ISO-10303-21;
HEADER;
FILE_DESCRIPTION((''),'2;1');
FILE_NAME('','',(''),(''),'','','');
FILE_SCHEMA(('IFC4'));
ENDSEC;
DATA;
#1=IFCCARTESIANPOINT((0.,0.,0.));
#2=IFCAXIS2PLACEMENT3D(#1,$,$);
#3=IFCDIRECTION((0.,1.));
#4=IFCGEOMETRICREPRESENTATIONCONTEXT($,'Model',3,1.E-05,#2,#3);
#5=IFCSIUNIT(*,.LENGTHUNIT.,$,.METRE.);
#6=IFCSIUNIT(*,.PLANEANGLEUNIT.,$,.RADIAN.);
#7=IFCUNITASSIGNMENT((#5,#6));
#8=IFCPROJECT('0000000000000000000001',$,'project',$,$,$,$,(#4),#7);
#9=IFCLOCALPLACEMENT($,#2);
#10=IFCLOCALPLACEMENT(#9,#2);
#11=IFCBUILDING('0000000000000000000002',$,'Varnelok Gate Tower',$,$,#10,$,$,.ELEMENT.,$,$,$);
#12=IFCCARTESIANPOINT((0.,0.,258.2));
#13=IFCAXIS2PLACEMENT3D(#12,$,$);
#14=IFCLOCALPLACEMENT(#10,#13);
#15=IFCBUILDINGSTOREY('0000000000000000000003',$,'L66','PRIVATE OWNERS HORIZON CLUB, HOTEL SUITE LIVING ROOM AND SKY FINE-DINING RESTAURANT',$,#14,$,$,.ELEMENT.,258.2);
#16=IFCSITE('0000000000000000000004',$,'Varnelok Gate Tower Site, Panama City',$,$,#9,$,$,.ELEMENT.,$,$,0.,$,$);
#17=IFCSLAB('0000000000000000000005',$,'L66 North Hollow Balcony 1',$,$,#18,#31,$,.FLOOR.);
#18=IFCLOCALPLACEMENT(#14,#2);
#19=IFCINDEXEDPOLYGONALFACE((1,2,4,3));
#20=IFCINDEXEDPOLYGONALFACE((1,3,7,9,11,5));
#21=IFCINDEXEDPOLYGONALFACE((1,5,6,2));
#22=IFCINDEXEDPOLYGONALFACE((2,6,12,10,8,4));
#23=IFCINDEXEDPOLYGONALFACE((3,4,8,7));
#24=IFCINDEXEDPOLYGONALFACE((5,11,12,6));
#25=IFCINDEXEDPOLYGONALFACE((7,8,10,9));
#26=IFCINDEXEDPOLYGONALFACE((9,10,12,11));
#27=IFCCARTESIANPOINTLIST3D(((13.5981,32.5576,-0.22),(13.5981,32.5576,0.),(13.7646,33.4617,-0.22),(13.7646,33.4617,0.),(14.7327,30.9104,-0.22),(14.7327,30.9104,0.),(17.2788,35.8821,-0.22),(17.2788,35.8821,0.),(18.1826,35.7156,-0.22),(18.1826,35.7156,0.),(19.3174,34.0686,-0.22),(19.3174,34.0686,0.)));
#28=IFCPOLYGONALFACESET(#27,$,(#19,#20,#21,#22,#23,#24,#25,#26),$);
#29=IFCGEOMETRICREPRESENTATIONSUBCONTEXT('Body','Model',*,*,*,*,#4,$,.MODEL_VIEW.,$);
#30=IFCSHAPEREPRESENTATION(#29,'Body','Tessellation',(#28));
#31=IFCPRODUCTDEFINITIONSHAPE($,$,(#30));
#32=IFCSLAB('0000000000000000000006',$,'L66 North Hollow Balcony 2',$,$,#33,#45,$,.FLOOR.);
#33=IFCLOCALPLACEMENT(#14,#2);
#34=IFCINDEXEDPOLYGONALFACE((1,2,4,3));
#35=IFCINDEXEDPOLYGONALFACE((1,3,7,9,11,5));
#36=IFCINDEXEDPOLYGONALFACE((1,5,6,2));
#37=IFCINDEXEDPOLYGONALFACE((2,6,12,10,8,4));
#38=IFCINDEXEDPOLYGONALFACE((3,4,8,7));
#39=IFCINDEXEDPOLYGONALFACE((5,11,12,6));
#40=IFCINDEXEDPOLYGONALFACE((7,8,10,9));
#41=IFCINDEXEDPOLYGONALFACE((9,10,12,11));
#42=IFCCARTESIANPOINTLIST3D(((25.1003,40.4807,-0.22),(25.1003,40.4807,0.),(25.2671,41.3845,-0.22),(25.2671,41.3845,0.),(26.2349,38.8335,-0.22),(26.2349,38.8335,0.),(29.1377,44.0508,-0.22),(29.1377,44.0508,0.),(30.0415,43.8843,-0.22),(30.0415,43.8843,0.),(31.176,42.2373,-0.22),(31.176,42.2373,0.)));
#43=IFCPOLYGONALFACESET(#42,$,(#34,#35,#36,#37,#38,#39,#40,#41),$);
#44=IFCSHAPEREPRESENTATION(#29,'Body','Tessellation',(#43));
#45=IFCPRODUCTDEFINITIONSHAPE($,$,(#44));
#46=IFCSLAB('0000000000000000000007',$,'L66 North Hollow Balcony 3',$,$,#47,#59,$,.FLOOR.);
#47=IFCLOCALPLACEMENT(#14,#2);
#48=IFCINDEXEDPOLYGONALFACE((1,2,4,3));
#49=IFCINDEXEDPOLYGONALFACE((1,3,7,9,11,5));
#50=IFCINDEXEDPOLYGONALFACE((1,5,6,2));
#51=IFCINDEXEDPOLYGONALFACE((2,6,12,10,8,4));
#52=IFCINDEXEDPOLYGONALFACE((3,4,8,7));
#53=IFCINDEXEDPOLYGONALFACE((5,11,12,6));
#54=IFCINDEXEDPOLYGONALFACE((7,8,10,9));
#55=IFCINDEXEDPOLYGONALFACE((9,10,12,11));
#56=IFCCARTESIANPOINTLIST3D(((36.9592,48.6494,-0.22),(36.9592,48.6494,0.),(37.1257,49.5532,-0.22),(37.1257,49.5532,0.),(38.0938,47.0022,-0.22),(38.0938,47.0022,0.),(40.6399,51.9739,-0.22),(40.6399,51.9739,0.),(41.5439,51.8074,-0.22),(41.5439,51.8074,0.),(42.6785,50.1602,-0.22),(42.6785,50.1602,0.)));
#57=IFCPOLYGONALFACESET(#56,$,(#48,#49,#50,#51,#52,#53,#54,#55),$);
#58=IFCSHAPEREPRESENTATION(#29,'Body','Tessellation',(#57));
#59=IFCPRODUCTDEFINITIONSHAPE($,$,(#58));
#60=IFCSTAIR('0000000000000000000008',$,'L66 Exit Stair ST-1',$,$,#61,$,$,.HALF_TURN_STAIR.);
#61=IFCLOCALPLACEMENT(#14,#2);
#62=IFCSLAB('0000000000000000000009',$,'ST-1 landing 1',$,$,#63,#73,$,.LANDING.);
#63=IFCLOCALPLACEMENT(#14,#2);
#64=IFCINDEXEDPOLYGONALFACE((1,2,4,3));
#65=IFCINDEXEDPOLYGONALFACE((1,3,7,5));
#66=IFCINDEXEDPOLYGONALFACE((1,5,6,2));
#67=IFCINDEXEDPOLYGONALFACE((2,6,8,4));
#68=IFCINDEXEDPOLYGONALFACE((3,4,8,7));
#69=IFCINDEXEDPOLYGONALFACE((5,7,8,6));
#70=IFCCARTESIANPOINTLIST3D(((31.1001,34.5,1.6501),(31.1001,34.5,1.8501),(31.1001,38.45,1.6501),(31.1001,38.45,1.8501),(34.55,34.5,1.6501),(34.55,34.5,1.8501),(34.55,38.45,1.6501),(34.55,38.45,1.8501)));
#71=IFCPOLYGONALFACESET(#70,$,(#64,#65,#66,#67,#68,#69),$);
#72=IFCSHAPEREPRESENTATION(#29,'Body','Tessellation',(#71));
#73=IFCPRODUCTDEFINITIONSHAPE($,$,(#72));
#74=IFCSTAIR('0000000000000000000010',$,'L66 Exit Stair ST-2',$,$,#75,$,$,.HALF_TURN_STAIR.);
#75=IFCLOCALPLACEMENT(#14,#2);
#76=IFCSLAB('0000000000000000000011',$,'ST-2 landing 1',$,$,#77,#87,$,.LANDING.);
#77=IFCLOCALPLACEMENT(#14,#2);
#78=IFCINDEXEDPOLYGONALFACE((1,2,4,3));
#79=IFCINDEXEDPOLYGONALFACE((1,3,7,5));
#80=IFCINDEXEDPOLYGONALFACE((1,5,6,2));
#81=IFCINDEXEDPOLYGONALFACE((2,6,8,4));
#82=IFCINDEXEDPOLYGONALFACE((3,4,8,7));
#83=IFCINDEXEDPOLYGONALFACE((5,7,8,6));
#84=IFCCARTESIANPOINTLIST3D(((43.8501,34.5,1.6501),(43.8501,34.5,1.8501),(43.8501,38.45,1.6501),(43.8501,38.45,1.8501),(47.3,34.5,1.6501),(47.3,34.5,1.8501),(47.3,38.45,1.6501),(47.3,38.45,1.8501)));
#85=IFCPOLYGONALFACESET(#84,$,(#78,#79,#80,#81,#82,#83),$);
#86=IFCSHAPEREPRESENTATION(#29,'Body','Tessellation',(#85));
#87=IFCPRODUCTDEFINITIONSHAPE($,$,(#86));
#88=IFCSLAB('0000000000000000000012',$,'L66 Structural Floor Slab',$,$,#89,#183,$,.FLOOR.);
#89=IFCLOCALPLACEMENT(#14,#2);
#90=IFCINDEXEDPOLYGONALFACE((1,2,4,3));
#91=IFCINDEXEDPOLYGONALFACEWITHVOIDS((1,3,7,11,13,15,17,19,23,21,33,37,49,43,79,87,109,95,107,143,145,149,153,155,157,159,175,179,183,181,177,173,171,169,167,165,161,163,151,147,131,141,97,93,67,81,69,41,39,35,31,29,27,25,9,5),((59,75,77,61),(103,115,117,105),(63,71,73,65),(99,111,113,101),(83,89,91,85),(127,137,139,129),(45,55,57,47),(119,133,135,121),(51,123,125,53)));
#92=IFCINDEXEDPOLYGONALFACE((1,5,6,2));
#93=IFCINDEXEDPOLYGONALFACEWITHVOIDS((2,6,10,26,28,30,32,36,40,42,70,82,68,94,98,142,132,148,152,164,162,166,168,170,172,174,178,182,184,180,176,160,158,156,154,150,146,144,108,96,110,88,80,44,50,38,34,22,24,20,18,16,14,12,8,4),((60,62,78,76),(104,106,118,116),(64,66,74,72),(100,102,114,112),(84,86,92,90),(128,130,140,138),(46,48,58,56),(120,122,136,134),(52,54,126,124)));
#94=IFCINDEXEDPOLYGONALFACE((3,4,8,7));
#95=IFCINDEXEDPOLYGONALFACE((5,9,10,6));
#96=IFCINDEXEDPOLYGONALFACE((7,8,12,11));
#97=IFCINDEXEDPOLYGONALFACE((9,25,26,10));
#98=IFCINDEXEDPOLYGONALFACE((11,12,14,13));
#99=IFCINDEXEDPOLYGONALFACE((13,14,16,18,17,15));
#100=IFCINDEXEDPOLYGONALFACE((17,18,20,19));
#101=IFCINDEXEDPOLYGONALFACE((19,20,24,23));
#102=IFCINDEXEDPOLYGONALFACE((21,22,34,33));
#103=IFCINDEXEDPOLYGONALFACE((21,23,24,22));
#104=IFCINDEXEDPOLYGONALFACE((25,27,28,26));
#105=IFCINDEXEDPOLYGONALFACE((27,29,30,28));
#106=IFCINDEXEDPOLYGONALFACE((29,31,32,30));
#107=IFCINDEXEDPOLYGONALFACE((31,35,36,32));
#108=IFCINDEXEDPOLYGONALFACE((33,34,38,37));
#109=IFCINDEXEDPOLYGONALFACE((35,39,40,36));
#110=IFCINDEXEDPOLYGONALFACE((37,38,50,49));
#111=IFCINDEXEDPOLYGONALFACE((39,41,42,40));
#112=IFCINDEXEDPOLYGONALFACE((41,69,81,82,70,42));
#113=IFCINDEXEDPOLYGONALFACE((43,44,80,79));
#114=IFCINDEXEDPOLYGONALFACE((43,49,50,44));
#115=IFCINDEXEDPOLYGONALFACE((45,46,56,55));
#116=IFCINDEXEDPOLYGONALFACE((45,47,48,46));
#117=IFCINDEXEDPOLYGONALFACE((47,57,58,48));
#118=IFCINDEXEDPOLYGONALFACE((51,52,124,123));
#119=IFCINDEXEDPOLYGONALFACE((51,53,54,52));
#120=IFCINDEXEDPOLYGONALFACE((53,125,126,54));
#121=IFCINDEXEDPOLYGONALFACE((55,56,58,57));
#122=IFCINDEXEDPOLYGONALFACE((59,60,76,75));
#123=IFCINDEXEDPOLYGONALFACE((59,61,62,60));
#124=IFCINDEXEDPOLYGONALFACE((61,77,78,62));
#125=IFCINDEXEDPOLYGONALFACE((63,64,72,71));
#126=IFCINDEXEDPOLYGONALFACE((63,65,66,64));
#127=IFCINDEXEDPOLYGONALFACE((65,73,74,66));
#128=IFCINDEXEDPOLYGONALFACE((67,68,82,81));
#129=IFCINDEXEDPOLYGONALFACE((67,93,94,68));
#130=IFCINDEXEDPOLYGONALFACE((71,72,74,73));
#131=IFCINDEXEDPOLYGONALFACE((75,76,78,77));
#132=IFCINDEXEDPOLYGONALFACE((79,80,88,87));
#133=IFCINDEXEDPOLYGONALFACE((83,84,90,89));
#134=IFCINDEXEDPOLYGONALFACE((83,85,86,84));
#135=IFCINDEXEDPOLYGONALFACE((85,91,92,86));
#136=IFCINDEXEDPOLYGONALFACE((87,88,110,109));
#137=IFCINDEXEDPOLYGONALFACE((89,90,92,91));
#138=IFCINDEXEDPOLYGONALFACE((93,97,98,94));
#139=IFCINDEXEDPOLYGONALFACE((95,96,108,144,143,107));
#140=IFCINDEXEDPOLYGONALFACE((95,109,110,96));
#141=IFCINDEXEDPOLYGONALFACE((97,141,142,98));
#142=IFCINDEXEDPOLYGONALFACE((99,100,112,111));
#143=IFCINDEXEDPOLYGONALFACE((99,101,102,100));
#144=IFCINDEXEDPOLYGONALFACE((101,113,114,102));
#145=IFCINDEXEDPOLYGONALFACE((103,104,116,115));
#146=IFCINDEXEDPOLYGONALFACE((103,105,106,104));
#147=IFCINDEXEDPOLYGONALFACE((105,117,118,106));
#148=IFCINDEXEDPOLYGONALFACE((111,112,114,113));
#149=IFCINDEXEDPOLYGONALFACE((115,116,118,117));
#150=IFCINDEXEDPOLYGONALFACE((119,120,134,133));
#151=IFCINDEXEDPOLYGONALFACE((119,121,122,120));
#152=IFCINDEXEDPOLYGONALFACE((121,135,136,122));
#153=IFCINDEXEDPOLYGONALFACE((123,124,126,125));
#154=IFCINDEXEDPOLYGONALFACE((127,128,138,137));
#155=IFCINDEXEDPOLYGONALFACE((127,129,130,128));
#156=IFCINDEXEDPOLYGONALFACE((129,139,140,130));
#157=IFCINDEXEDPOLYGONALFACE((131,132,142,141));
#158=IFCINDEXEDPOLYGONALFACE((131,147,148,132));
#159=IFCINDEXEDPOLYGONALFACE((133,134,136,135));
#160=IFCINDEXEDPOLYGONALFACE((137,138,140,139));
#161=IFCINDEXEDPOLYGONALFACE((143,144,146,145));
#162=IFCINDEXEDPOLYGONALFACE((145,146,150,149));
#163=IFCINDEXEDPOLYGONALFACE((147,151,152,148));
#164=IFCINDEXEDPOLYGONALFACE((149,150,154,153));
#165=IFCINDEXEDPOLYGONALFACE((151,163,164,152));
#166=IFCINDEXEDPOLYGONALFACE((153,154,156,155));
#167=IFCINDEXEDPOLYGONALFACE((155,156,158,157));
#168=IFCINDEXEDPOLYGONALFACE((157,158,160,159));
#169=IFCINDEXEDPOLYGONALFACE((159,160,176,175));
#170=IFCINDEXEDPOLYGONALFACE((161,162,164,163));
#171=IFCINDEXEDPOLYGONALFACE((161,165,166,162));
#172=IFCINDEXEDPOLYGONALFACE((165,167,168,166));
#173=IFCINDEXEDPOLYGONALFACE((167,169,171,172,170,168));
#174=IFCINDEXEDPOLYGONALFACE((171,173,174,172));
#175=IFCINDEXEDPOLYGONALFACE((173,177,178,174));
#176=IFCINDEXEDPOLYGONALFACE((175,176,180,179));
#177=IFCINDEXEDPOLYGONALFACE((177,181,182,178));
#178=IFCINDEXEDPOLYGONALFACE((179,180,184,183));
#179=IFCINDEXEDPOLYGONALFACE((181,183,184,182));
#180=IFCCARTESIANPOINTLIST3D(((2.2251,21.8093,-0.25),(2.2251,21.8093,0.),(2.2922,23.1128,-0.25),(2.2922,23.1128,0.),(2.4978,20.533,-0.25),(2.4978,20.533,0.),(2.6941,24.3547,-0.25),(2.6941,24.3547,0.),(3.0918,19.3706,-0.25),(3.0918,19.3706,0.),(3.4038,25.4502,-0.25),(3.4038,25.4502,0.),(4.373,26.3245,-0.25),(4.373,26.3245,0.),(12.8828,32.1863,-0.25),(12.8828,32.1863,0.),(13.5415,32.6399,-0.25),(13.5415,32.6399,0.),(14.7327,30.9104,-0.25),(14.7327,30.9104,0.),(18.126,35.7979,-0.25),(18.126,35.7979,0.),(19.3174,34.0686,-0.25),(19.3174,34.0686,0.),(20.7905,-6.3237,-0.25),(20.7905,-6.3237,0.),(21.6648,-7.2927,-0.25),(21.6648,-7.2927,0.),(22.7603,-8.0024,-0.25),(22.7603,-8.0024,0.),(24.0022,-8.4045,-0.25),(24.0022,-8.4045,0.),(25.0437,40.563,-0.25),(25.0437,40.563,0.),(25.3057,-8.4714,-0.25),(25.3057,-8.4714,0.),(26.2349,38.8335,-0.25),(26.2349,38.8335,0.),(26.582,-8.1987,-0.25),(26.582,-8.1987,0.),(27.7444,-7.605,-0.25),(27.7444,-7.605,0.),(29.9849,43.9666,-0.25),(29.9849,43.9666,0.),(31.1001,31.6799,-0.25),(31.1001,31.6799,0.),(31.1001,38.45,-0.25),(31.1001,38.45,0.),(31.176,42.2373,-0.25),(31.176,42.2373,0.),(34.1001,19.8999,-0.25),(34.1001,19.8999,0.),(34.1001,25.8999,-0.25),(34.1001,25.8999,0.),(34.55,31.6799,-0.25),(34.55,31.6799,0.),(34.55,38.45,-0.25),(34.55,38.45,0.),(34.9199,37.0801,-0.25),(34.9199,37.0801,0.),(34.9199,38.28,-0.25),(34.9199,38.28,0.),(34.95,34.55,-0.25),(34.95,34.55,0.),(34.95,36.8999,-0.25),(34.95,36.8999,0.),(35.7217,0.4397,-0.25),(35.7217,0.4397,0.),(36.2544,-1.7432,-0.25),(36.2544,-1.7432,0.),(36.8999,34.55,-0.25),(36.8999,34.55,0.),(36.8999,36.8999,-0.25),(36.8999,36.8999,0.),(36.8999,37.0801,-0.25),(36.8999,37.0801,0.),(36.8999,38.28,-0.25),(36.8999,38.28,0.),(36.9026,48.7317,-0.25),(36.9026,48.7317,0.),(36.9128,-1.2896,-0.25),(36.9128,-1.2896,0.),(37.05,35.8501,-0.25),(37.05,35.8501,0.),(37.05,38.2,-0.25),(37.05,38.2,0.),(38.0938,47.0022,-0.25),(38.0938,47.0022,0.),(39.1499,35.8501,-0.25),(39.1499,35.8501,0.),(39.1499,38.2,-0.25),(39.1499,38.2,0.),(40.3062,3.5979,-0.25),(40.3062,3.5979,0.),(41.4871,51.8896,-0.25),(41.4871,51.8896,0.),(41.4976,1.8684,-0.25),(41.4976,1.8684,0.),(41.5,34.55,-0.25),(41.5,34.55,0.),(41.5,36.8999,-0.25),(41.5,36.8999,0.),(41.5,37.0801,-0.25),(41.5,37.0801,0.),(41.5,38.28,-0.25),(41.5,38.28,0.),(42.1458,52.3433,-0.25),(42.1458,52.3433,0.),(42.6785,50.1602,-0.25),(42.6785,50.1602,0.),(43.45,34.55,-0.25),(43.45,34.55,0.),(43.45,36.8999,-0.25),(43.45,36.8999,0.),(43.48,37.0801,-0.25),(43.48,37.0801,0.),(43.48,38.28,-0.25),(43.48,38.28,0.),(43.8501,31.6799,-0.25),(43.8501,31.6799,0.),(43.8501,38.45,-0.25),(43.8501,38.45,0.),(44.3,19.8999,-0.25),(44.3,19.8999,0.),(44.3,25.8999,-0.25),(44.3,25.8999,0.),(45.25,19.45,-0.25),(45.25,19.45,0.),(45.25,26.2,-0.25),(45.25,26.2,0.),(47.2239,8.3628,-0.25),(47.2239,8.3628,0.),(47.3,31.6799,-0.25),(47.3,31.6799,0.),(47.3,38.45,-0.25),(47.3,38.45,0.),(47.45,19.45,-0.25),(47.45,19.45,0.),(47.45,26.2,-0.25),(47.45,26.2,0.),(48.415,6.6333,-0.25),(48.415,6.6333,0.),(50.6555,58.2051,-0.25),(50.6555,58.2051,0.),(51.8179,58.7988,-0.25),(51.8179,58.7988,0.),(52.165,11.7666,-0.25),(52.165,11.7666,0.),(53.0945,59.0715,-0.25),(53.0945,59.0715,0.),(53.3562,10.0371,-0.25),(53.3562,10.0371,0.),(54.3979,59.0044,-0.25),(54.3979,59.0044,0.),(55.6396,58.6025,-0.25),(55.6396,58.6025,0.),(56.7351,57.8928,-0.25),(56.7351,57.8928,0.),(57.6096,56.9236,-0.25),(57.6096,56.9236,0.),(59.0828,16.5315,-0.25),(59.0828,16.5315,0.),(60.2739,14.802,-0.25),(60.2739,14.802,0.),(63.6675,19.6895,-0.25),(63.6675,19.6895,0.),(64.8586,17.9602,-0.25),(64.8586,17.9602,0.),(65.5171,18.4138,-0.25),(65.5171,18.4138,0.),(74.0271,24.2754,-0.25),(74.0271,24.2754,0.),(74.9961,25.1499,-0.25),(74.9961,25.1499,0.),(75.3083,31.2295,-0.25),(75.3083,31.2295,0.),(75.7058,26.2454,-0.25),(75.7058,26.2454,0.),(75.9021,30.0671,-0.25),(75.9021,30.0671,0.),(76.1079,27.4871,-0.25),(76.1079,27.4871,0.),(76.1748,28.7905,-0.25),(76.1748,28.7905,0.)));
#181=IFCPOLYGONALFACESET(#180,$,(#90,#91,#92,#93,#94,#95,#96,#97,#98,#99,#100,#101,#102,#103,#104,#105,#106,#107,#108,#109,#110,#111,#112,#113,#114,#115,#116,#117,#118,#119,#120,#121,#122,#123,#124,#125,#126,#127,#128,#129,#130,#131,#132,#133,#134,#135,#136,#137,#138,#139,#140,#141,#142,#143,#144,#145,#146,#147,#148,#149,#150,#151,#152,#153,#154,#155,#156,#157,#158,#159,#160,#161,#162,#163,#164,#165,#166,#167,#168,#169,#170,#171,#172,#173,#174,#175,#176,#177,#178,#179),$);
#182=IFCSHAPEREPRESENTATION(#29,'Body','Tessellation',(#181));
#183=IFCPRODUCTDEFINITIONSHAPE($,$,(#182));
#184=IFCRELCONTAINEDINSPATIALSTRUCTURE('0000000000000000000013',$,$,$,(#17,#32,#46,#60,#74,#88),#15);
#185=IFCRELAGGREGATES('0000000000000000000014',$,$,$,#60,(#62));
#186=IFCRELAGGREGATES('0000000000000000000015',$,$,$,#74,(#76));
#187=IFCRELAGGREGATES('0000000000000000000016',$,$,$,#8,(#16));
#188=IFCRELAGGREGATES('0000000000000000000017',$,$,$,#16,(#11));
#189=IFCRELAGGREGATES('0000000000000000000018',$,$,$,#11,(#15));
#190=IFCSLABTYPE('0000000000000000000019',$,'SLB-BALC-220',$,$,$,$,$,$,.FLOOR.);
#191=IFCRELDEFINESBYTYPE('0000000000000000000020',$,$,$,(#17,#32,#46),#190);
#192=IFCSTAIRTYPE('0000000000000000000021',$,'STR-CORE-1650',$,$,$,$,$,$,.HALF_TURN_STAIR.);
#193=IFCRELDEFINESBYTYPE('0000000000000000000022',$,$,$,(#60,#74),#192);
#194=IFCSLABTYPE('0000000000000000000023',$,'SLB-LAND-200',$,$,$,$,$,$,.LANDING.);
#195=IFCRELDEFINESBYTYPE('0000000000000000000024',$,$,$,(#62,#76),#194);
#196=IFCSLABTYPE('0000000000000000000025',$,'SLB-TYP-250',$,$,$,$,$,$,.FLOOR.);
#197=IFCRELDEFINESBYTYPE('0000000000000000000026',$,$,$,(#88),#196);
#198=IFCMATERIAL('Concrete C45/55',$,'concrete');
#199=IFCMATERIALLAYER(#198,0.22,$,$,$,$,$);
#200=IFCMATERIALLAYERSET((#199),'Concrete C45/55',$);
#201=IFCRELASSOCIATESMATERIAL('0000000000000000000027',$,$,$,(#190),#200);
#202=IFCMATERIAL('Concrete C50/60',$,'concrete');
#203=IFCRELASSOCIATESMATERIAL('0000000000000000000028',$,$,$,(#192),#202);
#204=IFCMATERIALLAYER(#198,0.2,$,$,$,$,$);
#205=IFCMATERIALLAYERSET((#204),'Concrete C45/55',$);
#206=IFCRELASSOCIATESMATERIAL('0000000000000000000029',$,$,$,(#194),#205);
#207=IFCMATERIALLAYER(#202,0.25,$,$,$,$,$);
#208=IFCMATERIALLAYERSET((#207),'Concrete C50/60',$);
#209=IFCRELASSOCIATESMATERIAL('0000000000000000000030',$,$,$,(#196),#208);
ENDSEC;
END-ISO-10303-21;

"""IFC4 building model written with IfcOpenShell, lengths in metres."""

from ifc_helpers import new_model, si_unit, direction, frame, origin, place, context, subcontext, project, spatial, polyline, outline, extrude, material, layer, layer_set, type_object, element, aggregate, save


model = new_model("IFC4")

# Units and contexts
model_context = context("Model", 3, precision=1e-05, world=origin(), true_north=direction((0.0, 1.0)))
body_context = subcontext(model_context, "Body", "Model", "MODEL_VIEW")
ifc_project = project(units=[si_unit("LENGTHUNIT", "METRE"), si_unit("PLANEANGLEUNIT", "RADIAN")], contexts=[model_context])

# Site, building, storey
site_placement = place(None, origin())
site = spatial("IfcSite", under=ifc_project, at=site_placement, Name="Varnelok Gate Tower Site, Panama City", CompositionType="ELEMENT", RefElevation=0.0)
building_placement = place(site_placement, origin())
building = spatial("IfcBuilding", under=site, at=building_placement, Name="Varnelok Gate Tower", CompositionType="ELEMENT")
storey_placement = place(building_placement, frame((0.0, 0.0, 258.2)))
storey = spatial("IfcBuildingStorey", under=building, at=storey_placement, Name="L66", Description="PRIVATE OWNERS HORIZON CLUB, HOTEL SUITE LIVING ROOM AND SKY FINE-DINING RESTAURANT", CompositionType="ELEMENT", Elevation=258.2)

# Slabs
ifc_material_1 = material(Name="Concrete C45/55", Category="concrete")
ifc_layer_1 = layer(ifc_material_1, 0.22)
ifc_layer_set_1 = layer_set([ifc_layer_1], Name="Concrete C45/55")
slab_type_1 = type_object("IfcSlabType", Name="SLB-BALC-220", PredefinedType="FLOOR", material=ifc_layer_set_1)
slab_1_placement = place(storey_placement, frame((0.0, 0.0, -0.22)))
element("IfcSlab", 1, at=slab_1_placement, inside=storey, type_object=slab_type_1, Name="L66 North Hollow Balcony 1", PredefinedType="FLOOR", context=body_context, shape_type="SweptSolid", body=[
    extrude(outline(polyline([(14.7327, 30.9104), (19.3174, 34.0686), (18.1826, 35.7156), (17.2788, 35.8821), (13.7646, 33.4617), (13.5981, 32.5576), (14.7327, 30.9104)])), origin(), (0.0, 0.0, 1.0), 0.22),
])
slab_2_placement = place(storey_placement, frame((0.0, 0.0, -0.22)))
element("IfcSlab", 2, at=slab_2_placement, inside=storey, type_object=slab_type_1, Name="L66 North Hollow Balcony 2", PredefinedType="FLOOR", context=body_context, shape_type="SweptSolid", body=[
    extrude(outline(polyline([(26.2349, 38.8335), (31.176, 42.2373), (30.0415, 43.8843), (29.1377, 44.0508), (25.2671, 41.3845), (25.1003, 40.4807), (26.2349, 38.8335)])), origin(), (0.0, 0.0, 1.0), 0.22),
])
slab_3_placement = place(storey_placement, frame((0.0, 0.0, -0.22)))
element("IfcSlab", 3, at=slab_3_placement, inside=storey, type_object=slab_type_1, Name="L66 North Hollow Balcony 3", PredefinedType="FLOOR", context=body_context, shape_type="SweptSolid", body=[
    extrude(outline(polyline([(38.0938, 47.0022), (42.6785, 50.1602), (41.5439, 51.8074), (40.6399, 51.9739), (37.1257, 49.5532), (36.9592, 48.6494), (38.0938, 47.0022)])), origin(), (0.0, 0.0, 1.0), 0.22),
])

# Stairs, slabs
ifc_material_2 = material(Name="Concrete C50/60", Category="concrete")
stair_type = type_object("IfcStairType", Name="STR-CORE-1650", PredefinedType="HALF_TURN_STAIR", material=ifc_material_2)
stair_1_placement = place(storey_placement, origin())
stair_1 = element("IfcStair", 4, at=stair_1_placement, inside=storey, type_object=stair_type, Name="L66 Exit Stair ST-1", PredefinedType="HALF_TURN_STAIR")
ifc_layer_2 = layer(ifc_material_1, 0.2)
ifc_layer_set_2 = layer_set([ifc_layer_2], Name="Concrete C45/55")
slab_type_2 = type_object("IfcSlabType", Name="SLB-LAND-200", PredefinedType="LANDING", material=ifc_layer_set_2)
slab_4_placement = place(storey_placement, frame((0.0, 0.0, 1.6501)))
slab_4 = element("IfcSlab", 5, at=slab_4_placement, type_object=slab_type_2, Name="ST-1 landing 1", PredefinedType="LANDING", context=body_context, shape_type="SweptSolid", body=[
    extrude(outline(polyline([(34.55, 34.5), (34.55, 38.45), (31.1001, 38.45), (31.1001, 34.5), (34.55, 34.5)])), origin(), (0.0, 0.0, 1.0), 0.2),
])
aggregate(stair_1, [slab_4])
stair_2_placement = place(storey_placement, origin())
stair_2 = element("IfcStair", 6, at=stair_2_placement, inside=storey, type_object=stair_type, Name="L66 Exit Stair ST-2", PredefinedType="HALF_TURN_STAIR")
slab_5_placement = place(storey_placement, frame((0.0, 0.0, 1.6501)))
slab_5 = element("IfcSlab", 7, at=slab_5_placement, type_object=slab_type_2, Name="ST-2 landing 1", PredefinedType="LANDING", context=body_context, shape_type="SweptSolid", body=[
    extrude(outline(polyline([(47.3, 34.5), (47.3, 38.45), (43.8501, 38.45), (43.8501, 34.5), (47.3, 34.5)])), origin(), (0.0, 0.0, 1.0), 0.2),
])
aggregate(stair_2, [slab_5])

# Slab
ifc_layer_3 = layer(ifc_material_2, 0.25)
ifc_layer_set_3 = layer_set([ifc_layer_3], Name="Concrete C50/60")
slab_type_3 = type_object("IfcSlabType", Name="SLB-TYP-250", PredefinedType="FLOOR", material=ifc_layer_set_3)
slab_6_placement = place(storey_placement, frame((0.0, 0.0, -0.25)))
element("IfcSlab", 8, at=slab_6_placement, inside=storey, type_object=slab_type_3, Name="L66 Structural Floor Slab", PredefinedType="FLOOR", context=body_context, shape_type="SweptSolid", body=[
    extrude(outline(polyline([(20.7905, -6.3237), (21.6648, -7.2927), (22.7603, -8.0024), (24.0022, -8.4045), (25.3057, -8.4714), (26.582, -8.1987), (27.7444, -7.605), (36.2544, -1.7432), (36.9128, -1.2896), (35.7217, 0.4397), (40.3062, 3.5979), (41.4976, 1.8684), (48.415, 6.6333), (47.2239, 8.3628), (52.165, 11.7666), (53.3562, 10.0371), (60.2739, 14.802), (59.0828, 16.5315), (63.6675, 19.6895), (64.8586, 17.9602), (65.5171, 18.4138), (74.0271, 24.2754), (74.9961, 25.1499), (75.7058, 26.2454), (76.1079, 27.4871), (76.1748, 28.7905), (75.9021, 30.0671), (75.3083, 31.2295), (57.6096, 56.9236), (56.7351, 57.8928), (55.6396, 58.6025), (54.3979, 59.0044), (53.0945, 59.0715), (51.8179, 58.7988), (50.6555, 58.2051), (42.1458, 52.3433), (41.4871, 51.8896), (42.6785, 50.1602), (38.0938, 47.0022), (36.9026, 48.7317), (29.9849, 43.9666), (31.176, 42.2373), (26.2349, 38.8335), (25.0437, 40.563), (18.126, 35.7979), (19.3174, 34.0686), (14.7327, 30.9104), (13.5415, 32.6399), (12.8828, 32.1863), (4.373, 26.3245), (3.4038, 25.4502), (2.6941, 24.3547), (2.2922, 23.1128), (2.2251, 21.8093), (2.4978, 20.533), (3.0918, 19.3706), (20.7905, -6.3237)]), holes=[polyline([(34.55, 31.6799), (34.55, 38.45), (31.1001, 38.45), (31.1001, 31.6799), (34.55, 31.6799)]), polyline([(47.3, 31.6799), (47.3, 38.45), (43.8501, 38.45), (43.8501, 31.6799), (47.3, 31.6799)]), polyline([(34.95, 34.55), (36.8999, 34.55), (36.8999, 36.8999), (34.95, 36.8999), (34.95, 34.55)]), polyline([(41.5, 34.55), (43.45, 34.55), (43.45, 36.8999), (41.5, 36.8999), (41.5, 34.55)]), polyline([(37.05, 35.8501), (39.1499, 35.8501), (39.1499, 38.2), (37.05, 38.2), (37.05, 35.8501)]), polyline([(45.25, 19.45), (47.45, 19.45), (47.45, 26.2), (45.25, 26.2), (45.25, 19.45)]), polyline([(34.9199, 37.0801), (36.8999, 37.0801), (36.8999, 38.28), (34.9199, 38.28), (34.9199, 37.0801)]), polyline([(41.5, 37.0801), (43.48, 37.0801), (43.48, 38.28), (41.5, 38.28), (41.5, 37.0801)]), polyline([(34.1001, 19.8999), (44.3, 19.8999), (44.3, 25.8999), (34.1001, 25.8999), (34.1001, 19.8999)])]), origin(), (0.0, 0.0, 1.0), 0.25),
])

save(model, "model.ifc")
